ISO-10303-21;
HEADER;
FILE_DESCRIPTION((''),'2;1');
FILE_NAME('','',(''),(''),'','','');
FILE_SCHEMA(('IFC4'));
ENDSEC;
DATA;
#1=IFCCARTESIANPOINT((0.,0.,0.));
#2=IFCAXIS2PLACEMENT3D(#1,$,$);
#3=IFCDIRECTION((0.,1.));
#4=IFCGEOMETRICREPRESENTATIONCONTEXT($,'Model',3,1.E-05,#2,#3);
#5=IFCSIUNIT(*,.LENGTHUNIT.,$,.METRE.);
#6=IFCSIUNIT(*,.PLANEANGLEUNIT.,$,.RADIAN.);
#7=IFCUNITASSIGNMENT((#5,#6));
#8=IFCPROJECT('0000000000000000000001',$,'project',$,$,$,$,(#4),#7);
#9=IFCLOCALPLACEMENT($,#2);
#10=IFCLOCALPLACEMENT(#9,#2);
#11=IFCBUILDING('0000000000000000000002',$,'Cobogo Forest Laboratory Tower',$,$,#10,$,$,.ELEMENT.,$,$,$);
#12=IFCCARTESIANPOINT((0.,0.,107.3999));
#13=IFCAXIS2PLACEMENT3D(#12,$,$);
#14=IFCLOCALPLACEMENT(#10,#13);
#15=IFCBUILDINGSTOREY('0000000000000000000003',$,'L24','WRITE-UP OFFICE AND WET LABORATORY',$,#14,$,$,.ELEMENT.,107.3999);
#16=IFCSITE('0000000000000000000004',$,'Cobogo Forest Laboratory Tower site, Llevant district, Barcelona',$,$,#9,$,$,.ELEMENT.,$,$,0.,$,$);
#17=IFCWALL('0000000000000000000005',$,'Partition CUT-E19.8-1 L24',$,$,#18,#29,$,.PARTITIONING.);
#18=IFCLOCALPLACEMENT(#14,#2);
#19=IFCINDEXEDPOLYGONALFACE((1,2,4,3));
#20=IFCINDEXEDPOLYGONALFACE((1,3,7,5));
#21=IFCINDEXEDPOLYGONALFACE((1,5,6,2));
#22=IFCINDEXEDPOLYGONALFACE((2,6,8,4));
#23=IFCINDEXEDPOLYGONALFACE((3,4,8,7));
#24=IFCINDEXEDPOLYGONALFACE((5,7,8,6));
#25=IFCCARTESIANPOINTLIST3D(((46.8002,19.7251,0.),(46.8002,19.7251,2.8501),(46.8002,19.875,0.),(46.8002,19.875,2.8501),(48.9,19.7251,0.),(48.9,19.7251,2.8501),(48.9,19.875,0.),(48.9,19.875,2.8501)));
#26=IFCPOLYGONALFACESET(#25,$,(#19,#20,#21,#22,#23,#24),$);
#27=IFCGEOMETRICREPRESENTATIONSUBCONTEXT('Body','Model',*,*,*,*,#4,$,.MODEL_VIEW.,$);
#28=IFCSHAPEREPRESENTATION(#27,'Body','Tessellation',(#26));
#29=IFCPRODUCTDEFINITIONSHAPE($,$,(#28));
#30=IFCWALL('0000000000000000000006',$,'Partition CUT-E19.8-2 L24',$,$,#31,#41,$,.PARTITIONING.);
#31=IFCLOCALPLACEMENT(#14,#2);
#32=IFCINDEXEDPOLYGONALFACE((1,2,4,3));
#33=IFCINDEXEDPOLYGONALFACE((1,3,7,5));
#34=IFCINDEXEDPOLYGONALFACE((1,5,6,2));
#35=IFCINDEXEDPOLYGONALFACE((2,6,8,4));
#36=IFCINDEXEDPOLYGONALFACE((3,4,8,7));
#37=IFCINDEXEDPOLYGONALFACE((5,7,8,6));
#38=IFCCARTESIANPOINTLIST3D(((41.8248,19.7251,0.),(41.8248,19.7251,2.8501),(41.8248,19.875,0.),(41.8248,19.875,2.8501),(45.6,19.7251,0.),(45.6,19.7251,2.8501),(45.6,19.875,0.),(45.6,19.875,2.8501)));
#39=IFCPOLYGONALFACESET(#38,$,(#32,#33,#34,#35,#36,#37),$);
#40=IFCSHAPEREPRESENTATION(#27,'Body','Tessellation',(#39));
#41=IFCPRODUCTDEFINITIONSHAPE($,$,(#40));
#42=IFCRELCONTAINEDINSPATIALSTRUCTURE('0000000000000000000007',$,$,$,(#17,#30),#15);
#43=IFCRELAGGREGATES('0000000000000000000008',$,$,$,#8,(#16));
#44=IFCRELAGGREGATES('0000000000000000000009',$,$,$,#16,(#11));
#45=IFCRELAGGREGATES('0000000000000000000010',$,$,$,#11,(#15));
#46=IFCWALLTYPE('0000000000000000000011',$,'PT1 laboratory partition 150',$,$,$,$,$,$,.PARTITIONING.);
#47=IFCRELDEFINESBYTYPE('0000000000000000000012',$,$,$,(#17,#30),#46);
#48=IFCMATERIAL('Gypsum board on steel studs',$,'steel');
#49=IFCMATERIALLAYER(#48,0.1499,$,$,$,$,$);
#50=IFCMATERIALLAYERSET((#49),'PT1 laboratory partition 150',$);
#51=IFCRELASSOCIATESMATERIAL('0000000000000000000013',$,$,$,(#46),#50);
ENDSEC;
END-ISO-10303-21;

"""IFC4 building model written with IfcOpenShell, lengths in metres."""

from ifc_helpers import new_model, si_unit, direction, frame, frame_2d, origin, place, context, subcontext, project, spatial, rectangle, extrude, material, layer, layer_set, type_object, element, save


model = new_model("IFC4")

# Units and contexts
model_context = context("Model", 3, precision=1e-05, world=origin(), true_north=direction((0.0, 1.0)))
body_context = subcontext(model_context, "Body", "Model", "MODEL_VIEW")
ifc_project = project(units=[si_unit("LENGTHUNIT", "METRE"), si_unit("PLANEANGLEUNIT", "RADIAN")], contexts=[model_context])

# Site, building, storey
site_placement = place(None, origin())
site = spatial("IfcSite", under=ifc_project, at=site_placement, Name="Cobogo Forest Laboratory Tower site, Llevant district, Barcelona", CompositionType="ELEMENT", RefElevation=0.0)
building_placement = place(site_placement, origin())
building = spatial("IfcBuilding", under=site, at=building_placement, Name="Cobogo Forest Laboratory Tower", CompositionType="ELEMENT")
storey_placement = place(building_placement, frame((0.0, 0.0, 107.3999)))
storey = spatial("IfcBuildingStorey", under=building, at=storey_placement, Name="L24", Description="WRITE-UP OFFICE AND WET LABORATORY", CompositionType="ELEMENT", Elevation=107.3999)

# Walls
ifc_material_1 = material(Name="Gypsum board on steel studs", Category="steel")
ifc_layer_1 = layer(ifc_material_1, 0.1499)
ifc_layer_set_1 = layer_set([ifc_layer_1], Name="PT1 laboratory partition 150")
wall_type = type_object("IfcWallType", Name="PT1 laboratory partition 150", PredefinedType="PARTITIONING", material=ifc_layer_set_1)
wall_1_placement = place(storey_placement, frame((48.8999, 19.8, 0.0), z_axis=(0.0, 0.0, 1.0), x_axis=(-1.0, 0.0, 0.0)))
element("IfcWall", 1, at=wall_1_placement, inside=storey, type_object=wall_type, Name="Partition CUT-E19.8-1 L24", PredefinedType="PARTITIONING", context=body_context, shape_type="SweptSolid", body=[
    extrude(rectangle(XDim=2.0999, YDim=0.1499, at=frame_2d((1.0498, 0.0))), origin(), (0.0, 0.0, 1.0), 2.8501),
])
wall_2_placement = place(storey_placement, frame((45.6001, 19.8, 0.0), z_axis=(0.0, 0.0, 1.0), x_axis=(-1.0, 0.0, 0.0)))
element("IfcWall", 2, at=wall_2_placement, inside=storey, type_object=wall_type, Name="Partition CUT-E19.8-2 L24", PredefinedType="PARTITIONING", context=body_context, shape_type="SweptSolid", body=[
    extrude(rectangle(XDim=3.7751, YDim=0.1499, at=frame_2d((1.8877, 0.0))), origin(), (0.0, 0.0, 1.0), 2.8501),
])

save(model, "model.ifc")
